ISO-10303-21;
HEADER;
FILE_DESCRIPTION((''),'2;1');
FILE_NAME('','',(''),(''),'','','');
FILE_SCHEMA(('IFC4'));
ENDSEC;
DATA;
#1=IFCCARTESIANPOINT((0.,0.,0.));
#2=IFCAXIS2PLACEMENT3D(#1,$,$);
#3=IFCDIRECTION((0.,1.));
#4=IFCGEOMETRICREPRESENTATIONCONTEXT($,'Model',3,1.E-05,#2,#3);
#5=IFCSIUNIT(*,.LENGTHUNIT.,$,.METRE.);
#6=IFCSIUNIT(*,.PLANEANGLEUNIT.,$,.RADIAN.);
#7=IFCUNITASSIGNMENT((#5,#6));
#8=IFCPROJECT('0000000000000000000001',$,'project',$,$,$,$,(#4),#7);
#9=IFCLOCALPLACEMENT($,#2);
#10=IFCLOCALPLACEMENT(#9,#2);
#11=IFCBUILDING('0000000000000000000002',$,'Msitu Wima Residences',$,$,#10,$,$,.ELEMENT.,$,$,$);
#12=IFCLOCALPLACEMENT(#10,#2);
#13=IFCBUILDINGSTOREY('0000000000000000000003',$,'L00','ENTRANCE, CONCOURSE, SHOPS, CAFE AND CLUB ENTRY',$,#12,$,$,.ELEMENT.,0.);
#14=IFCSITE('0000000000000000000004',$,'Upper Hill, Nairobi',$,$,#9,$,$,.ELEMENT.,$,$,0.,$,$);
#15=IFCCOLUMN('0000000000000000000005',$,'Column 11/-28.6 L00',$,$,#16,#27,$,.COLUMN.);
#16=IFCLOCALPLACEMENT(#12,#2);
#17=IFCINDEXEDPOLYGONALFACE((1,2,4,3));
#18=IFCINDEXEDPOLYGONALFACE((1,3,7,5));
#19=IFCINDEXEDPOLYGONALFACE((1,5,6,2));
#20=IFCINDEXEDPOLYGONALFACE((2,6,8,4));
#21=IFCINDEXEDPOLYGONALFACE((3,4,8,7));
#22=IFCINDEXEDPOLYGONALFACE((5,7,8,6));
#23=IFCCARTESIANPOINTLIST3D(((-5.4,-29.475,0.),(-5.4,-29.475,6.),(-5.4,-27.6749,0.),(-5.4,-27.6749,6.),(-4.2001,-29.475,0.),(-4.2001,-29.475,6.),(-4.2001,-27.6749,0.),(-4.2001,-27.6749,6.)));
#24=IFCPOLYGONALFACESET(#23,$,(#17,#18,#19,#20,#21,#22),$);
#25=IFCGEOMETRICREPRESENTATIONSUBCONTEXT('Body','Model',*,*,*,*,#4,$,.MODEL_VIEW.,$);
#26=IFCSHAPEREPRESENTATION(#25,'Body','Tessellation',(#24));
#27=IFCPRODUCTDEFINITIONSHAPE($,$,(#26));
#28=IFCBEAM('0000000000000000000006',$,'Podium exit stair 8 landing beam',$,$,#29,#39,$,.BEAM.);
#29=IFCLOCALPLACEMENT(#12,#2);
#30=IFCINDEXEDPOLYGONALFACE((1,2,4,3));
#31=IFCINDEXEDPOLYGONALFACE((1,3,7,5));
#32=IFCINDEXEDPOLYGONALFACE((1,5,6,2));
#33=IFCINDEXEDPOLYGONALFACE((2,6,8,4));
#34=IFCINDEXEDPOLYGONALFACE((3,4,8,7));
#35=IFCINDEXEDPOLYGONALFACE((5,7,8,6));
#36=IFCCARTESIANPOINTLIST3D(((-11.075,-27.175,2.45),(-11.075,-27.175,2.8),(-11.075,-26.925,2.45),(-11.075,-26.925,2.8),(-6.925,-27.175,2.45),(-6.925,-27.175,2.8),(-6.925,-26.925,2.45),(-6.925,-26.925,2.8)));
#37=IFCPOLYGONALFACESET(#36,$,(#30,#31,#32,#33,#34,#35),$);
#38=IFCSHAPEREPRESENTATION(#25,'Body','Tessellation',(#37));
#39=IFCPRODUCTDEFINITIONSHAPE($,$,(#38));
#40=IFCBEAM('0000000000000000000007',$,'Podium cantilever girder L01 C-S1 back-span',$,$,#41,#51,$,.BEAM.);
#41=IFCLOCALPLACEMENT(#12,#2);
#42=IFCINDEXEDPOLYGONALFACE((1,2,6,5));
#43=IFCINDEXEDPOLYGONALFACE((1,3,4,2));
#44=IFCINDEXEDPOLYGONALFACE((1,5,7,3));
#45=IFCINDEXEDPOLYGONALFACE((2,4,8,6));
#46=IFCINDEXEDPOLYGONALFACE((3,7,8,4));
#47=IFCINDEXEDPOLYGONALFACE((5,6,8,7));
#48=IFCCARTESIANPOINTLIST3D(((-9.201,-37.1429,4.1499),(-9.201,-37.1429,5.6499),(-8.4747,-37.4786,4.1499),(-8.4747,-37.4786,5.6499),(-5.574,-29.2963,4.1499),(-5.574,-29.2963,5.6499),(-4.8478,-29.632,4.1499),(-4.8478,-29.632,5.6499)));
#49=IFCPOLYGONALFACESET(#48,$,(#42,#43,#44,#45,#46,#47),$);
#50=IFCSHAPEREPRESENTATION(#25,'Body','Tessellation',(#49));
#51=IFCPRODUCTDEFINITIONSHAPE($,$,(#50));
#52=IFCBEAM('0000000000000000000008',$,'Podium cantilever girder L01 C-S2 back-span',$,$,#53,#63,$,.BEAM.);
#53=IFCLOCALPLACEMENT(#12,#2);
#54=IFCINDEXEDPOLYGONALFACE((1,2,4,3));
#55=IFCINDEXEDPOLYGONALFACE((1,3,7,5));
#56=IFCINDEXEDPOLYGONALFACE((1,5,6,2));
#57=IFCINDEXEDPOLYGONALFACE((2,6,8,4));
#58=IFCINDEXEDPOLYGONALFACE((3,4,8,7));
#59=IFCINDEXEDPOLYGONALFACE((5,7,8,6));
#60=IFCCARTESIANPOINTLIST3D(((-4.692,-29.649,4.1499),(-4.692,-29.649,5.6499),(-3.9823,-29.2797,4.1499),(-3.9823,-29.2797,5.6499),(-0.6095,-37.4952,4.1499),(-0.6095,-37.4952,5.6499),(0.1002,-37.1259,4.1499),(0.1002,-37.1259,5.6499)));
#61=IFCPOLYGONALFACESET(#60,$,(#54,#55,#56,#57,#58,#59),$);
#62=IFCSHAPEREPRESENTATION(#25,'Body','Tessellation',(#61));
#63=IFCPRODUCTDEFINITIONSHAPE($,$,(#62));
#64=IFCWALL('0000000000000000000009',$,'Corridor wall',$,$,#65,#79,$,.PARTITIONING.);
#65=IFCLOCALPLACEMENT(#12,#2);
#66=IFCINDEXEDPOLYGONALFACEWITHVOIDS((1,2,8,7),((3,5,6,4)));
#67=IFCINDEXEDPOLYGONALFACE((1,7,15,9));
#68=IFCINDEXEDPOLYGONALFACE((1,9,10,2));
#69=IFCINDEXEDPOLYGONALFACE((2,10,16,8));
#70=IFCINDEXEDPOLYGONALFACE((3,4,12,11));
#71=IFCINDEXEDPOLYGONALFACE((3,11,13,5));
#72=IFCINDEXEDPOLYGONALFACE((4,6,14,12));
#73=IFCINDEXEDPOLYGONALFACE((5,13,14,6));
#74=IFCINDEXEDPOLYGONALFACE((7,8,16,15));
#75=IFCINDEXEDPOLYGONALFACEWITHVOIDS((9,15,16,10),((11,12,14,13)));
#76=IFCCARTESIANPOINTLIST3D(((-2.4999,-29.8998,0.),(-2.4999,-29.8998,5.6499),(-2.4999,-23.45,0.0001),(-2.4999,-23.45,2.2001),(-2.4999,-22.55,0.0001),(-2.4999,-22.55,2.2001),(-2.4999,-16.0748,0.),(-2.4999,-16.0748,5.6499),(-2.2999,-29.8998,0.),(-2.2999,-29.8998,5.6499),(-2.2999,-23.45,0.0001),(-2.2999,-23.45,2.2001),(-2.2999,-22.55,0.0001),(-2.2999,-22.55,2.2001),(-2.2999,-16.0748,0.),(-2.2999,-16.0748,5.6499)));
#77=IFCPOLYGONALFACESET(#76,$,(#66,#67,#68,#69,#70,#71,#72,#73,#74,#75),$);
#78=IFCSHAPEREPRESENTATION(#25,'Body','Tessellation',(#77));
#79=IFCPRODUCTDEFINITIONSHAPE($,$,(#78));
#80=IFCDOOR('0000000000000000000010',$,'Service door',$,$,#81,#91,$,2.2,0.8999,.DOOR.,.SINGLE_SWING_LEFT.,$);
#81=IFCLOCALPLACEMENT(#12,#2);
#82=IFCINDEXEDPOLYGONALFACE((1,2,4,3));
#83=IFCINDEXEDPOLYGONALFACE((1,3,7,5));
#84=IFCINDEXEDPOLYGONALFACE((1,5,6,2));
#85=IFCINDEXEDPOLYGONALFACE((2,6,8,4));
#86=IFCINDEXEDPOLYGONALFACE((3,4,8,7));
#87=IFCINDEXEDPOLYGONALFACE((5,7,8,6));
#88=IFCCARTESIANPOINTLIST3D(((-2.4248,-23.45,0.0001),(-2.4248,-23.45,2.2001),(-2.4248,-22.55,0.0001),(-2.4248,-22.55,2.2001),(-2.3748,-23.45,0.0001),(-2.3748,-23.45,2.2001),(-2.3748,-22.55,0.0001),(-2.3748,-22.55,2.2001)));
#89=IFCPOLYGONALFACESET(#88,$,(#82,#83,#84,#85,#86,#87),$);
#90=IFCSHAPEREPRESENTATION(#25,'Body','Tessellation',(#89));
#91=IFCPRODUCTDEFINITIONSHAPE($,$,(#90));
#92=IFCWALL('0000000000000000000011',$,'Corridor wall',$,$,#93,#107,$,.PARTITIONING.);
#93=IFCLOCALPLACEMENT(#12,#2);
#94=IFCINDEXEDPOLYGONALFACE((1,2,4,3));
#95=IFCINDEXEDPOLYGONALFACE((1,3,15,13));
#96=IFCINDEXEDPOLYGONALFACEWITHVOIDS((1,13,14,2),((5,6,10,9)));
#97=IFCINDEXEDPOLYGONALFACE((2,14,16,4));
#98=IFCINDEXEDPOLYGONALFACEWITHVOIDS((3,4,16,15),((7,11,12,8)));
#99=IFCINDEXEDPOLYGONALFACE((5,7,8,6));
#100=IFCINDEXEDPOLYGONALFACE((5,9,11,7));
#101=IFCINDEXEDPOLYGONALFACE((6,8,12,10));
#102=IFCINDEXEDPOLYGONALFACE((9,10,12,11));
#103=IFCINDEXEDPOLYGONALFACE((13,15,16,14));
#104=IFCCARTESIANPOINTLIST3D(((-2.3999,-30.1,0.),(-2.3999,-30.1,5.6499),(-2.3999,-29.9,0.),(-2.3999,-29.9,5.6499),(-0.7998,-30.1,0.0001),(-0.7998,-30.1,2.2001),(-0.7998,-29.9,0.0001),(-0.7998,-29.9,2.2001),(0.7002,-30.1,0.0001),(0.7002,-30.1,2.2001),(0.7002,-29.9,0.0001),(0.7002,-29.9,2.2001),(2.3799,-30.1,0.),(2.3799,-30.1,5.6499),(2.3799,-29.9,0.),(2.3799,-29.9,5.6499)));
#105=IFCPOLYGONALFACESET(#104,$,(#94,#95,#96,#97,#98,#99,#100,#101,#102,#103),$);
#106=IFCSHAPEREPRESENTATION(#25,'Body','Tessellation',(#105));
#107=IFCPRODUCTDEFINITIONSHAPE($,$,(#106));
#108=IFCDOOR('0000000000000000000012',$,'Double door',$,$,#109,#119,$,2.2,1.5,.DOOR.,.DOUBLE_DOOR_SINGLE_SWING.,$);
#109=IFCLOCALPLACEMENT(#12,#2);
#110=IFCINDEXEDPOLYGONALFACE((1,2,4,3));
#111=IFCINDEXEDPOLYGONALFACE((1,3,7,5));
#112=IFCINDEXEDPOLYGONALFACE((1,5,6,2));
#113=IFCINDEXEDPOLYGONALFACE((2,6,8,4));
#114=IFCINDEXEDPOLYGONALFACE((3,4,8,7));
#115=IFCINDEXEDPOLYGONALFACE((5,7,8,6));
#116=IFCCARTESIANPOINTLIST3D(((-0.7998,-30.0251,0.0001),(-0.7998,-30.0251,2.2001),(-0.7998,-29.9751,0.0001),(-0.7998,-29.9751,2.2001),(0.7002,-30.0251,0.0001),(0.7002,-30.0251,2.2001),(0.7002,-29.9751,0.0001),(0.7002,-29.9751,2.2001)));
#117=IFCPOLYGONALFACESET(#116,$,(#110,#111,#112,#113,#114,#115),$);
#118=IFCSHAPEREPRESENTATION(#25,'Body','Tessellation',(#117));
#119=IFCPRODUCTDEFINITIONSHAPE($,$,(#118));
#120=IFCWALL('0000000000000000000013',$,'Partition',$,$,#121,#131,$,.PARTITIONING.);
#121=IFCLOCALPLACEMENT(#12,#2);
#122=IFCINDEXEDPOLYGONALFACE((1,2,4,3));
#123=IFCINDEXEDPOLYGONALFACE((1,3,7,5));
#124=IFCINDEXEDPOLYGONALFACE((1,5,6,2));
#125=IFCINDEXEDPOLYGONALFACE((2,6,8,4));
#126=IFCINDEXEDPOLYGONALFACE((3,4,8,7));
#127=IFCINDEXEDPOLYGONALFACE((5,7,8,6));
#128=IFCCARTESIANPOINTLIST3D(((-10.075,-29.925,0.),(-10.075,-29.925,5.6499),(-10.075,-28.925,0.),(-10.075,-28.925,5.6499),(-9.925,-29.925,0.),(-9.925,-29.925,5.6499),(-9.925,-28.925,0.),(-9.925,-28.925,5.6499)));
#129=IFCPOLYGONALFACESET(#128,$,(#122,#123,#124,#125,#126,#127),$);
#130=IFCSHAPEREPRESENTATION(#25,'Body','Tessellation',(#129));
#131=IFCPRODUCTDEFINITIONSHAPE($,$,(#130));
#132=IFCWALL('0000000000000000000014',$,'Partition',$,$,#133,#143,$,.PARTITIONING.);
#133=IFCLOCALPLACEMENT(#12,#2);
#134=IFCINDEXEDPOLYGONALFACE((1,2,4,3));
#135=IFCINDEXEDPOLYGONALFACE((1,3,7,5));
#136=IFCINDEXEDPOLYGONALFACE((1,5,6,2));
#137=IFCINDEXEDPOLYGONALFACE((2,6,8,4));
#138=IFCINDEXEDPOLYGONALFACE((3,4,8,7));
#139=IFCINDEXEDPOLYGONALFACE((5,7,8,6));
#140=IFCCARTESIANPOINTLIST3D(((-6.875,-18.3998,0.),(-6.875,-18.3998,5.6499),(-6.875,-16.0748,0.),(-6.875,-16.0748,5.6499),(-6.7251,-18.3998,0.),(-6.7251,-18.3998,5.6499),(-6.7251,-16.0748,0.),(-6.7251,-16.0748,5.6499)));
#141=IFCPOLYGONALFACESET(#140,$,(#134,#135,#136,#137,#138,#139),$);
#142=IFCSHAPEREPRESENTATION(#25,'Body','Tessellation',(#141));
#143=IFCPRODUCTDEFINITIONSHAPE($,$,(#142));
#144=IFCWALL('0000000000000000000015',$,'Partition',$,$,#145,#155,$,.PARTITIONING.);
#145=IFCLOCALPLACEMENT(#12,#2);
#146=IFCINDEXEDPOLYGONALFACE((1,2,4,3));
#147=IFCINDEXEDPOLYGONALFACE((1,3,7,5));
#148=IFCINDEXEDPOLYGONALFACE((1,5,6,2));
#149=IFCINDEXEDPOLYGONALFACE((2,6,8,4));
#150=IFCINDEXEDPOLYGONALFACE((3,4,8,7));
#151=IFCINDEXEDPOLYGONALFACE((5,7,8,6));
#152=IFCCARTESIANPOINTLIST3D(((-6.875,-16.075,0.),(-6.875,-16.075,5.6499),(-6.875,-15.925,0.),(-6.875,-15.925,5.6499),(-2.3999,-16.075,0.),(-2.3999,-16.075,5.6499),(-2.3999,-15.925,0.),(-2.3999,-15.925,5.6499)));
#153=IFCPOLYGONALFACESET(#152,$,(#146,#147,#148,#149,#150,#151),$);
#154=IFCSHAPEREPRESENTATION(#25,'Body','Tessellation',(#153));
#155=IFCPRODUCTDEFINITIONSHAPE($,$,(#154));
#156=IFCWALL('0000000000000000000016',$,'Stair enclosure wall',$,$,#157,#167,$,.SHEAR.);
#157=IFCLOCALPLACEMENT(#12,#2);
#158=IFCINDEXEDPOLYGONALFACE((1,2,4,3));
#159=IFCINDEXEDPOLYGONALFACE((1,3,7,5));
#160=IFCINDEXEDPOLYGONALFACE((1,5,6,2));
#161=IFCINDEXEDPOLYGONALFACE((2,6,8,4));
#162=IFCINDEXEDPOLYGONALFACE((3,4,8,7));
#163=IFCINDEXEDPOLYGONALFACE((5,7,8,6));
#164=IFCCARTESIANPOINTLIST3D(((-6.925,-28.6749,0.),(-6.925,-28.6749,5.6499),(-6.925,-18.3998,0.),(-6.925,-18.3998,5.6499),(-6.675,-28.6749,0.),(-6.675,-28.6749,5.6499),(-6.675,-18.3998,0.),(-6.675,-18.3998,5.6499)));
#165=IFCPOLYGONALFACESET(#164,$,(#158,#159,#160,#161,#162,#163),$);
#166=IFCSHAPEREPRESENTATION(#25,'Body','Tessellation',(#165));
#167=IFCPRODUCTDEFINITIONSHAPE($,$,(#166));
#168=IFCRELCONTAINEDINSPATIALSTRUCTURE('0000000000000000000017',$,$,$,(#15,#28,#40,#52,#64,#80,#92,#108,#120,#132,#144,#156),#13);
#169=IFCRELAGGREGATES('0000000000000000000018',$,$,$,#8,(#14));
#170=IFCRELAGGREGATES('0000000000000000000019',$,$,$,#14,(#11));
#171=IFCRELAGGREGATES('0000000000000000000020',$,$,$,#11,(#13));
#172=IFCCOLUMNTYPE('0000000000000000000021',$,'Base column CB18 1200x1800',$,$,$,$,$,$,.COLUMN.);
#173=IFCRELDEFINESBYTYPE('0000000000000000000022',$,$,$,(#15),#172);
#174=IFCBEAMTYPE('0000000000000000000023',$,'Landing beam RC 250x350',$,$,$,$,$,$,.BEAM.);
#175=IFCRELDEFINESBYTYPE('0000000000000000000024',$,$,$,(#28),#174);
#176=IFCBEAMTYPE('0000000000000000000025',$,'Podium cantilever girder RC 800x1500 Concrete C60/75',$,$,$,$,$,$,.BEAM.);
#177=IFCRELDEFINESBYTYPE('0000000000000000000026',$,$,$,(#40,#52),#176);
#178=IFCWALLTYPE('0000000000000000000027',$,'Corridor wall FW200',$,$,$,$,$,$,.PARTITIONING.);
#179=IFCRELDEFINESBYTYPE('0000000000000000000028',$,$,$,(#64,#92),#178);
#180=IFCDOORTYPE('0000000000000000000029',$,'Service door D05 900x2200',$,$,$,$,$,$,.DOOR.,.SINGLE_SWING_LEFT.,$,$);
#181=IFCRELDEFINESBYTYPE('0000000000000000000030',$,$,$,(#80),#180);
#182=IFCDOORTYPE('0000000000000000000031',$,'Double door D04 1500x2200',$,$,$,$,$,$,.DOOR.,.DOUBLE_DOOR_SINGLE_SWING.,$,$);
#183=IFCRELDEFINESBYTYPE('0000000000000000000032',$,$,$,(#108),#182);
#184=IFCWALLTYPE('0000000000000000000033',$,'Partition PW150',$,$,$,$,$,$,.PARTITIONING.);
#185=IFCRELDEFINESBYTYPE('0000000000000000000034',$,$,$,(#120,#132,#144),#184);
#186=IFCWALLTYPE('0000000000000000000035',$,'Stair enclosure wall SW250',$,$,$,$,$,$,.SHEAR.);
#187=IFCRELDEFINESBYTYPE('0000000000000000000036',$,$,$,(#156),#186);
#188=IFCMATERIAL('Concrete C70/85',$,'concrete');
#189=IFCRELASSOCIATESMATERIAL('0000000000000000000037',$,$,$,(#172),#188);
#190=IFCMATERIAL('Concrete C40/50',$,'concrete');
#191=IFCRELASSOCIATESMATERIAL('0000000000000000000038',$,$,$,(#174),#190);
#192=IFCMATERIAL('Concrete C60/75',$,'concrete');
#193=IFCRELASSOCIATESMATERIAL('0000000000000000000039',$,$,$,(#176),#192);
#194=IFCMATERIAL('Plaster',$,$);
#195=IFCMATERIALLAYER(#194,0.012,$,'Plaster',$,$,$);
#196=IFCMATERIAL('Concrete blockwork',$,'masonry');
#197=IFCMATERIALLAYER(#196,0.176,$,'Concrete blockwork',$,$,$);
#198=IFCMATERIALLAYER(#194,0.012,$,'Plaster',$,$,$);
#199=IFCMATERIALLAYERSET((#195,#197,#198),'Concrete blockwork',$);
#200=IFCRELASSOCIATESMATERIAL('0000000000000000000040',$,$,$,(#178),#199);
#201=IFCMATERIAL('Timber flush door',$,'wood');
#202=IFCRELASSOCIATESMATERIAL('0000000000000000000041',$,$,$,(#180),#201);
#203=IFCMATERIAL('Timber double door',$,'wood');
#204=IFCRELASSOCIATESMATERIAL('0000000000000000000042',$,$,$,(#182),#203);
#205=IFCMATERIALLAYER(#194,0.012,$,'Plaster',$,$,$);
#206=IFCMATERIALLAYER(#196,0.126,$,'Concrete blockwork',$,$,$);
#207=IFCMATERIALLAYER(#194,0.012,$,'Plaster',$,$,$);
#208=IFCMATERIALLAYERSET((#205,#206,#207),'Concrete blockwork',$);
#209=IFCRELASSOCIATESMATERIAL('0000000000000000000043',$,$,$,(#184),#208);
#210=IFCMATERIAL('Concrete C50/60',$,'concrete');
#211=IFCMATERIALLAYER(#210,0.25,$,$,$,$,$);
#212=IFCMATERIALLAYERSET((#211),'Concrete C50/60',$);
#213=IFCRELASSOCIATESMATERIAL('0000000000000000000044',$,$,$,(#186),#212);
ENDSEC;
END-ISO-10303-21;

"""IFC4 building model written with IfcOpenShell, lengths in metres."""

from ifc_helpers import new_model, si_unit, direction, frame, frame_2d, origin, origin_2d, place, context, subcontext, project, spatial, rectangle, extrude, material, layer, layer_set, material_profile, profile_set, type_object, element, fill, save


model = new_model("IFC4")

# Units and contexts
model_context = context("Model", 3, precision=1e-05, world=origin(), true_north=direction((0.0, 1.0)))
body_context = subcontext(model_context, "Body", "Model", "MODEL_VIEW")
ifc_project = project(units=[si_unit("LENGTHUNIT", "METRE"), si_unit("PLANEANGLEUNIT", "RADIAN")], contexts=[model_context])

# Site, building, storey
site_placement = place(None, origin())
site = spatial("IfcSite", under=ifc_project, at=site_placement, Name="Upper Hill, Nairobi", CompositionType="ELEMENT", RefElevation=0.0)
building_placement = place(site_placement, origin())
building = spatial("IfcBuilding", under=site, at=building_placement, Name="Msitu Wima Residences", CompositionType="ELEMENT")
storey_placement = place(building_placement, origin())
storey = spatial("IfcBuildingStorey", under=building, at=storey_placement, Name="L00", Description="ENTRANCE, CONCOURSE, SHOPS, CAFE AND CLUB ENTRY", CompositionType="ELEMENT", Elevation=0.0)

# Column
ifc_material_1 = material(Name="Concrete C70/85", Category="concrete")
ifc_material_profile_1 = material_profile(ifc_material_1, rectangle(XDim=1.2, YDim=1.8, at=origin_2d()), Name="RC 1200x1800")
ifc_profile_set_1 = profile_set([ifc_material_profile_1], Name="Concrete C70/85")
column_type = type_object("IfcColumnType", Name="Base column CB18 1200x1800", PredefinedType="COLUMN", material=ifc_profile_set_1)
column_placement = place(storey_placement, frame((-4.8, -28.575, 0.0), z_axis=(0.0, 0.0, 1.0), x_axis=(1.0, 0.0, 0.0)))
element("IfcColumn", 1, at=column_placement, inside=storey, type_object=column_type, Name="Column 11/-28.6 L00", PredefinedType="COLUMN", context=body_context, shape_type="SweptSolid", body=[
    extrude(rectangle(XDim=1.2, YDim=1.8, at=origin_2d()), origin(), (0.0, 0.0, 1.0), 6.0),
])

# Beams
ifc_material_2 = material(Name="Concrete C40/50", Category="concrete")
ifc_material_profile_2 = material_profile(ifc_material_2, rectangle(XDim=0.25, YDim=0.3501, at=origin_2d()), Name="RC 250x350")
ifc_profile_set_2 = profile_set([ifc_material_profile_2], Name="Concrete C40/50")
beam_type_1 = type_object("IfcBeamType", Name="Landing beam RC 250x350", PredefinedType="BEAM", material=ifc_profile_set_2)
beam_1_placement = place(storey_placement, frame((-6.925, -27.05, 2.625), z_axis=(-1.0, 0.0, 0.0), x_axis=(0.0, -1.0, 0.0)))
element("IfcBeam", 2, at=beam_1_placement, inside=storey, type_object=beam_type_1, Name="Podium exit stair 8 landing beam", PredefinedType="BEAM", context=body_context, shape_type="SweptSolid", body=[
    extrude(rectangle(XDim=0.25, YDim=0.3501, at=origin_2d()), origin(), (0.0, 0.0, 1.0), 4.1499),
])
ifc_material_3 = material(Name="Concrete C60/75", Category="concrete")
ifc_material_profile_3 = material_profile(ifc_material_3, rectangle(XDim=0.8, YDim=1.5, at=origin_2d()), Name="RC 800x1500")
ifc_profile_set_3 = profile_set([ifc_material_profile_3], Name="Concrete C60/75")
beam_type_2 = type_object("IfcBeamType", Name="Podium cantilever girder RC 800x1500 Concrete C60/75", PredefinedType="BEAM", material=ifc_profile_set_3)
beam_2_placement = place(storey_placement, frame((-5.2109, -29.4641, 4.8999), z_axis=(-0.419574, -0.907721, 0.0), x_axis=(0.907721, -0.419574, 0.0)))
element("IfcBeam", 3, at=beam_2_placement, inside=storey, type_object=beam_type_2, Name="Podium cantilever girder L01 C-S1 back-span", PredefinedType="BEAM", context=body_context, shape_type="SweptSolid", body=[
    extrude(rectangle(XDim=0.8, YDim=1.5, at=origin_2d()), origin(), (0.0, 0.0, 1.0), 8.6443),
])
beam_3_placement = place(storey_placement, frame((-4.3372, -29.4644, 4.8999), z_axis=(0.461575, -0.887101, 0.0), x_axis=(0.887101, 0.461575, 0.0)))
element("IfcBeam", 4, at=beam_3_placement, inside=storey, type_object=beam_type_2, Name="Podium cantilever girder L01 C-S2 back-span", PredefinedType="BEAM", context=body_context, shape_type="SweptSolid", body=[
    extrude(rectangle(XDim=0.8, YDim=1.5, at=origin_2d()), origin(), (0.0, 0.0, 1.0), 8.8447),
])

# Walls, openings, doors
ifc_material_4 = material(Name="Plaster")
ifc_layer_1 = layer(ifc_material_4, 0.012, Name="Plaster")
ifc_material_5 = material(Name="Concrete blockwork", Category="masonry")
ifc_layer_2 = layer(ifc_material_5, 0.176, Name="Concrete blockwork")
ifc_layer_3 = layer(ifc_material_4, 0.012, Name="Plaster")
ifc_layer_set_1 = layer_set([ifc_layer_1, ifc_layer_2, ifc_layer_3], Name="Concrete blockwork")
wall_type_1 = type_object("IfcWallType", Name="Corridor wall FW200", PredefinedType="PARTITIONING", material=ifc_layer_set_1)
wall_1_placement = place(storey_placement, frame((-2.3999, -29.8999, 0.0), z_axis=(0.0, 0.0, 1.0), x_axis=(0.0, 1.0, 0.0)))
wall_1 = element("IfcWall", 5, at=wall_1_placement, inside=storey, type_object=wall_type_1, Name="Corridor wall", PredefinedType="PARTITIONING", context=body_context, shape_type="SweptSolid", body=[
    extrude(rectangle(XDim=13.825, YDim=0.2, at=frame_2d((6.9126, 0.0))), origin(), (0.0, 0.0, 1.0), 5.6499),
])
opening_1_placement = place(wall_1_placement, frame((6.45, 0.0, 0.0)))
opening_1 = element("IfcOpeningElement", 6, at=opening_1_placement, cuts=wall_1, PredefinedType="OPENING", context=body_context, shape_type="SweptSolid", body=[
    extrude(rectangle(XDim=0.8999, YDim=2.2, at=frame_2d((0.45, 1.1001))), frame((0.0, 0.1099, 0.0), z_axis=(0.0, -1.0, 0.0), x_axis=(1.0, 0.0, 0.0)), (0.0, 0.0, 1.0), 0.22),
])
ifc_material_6 = material(Name="Timber flush door", Category="wood")
door_type_1 = type_object("IfcDoorType", Name="Service door D05 900x2200", OperationType="SINGLE_SWING_LEFT", PredefinedType="DOOR", material=ifc_material_6)
door_1_placement = place(opening_1_placement, origin())
door_1 = element("IfcDoor", 7, at=door_1_placement, inside=storey, type_object=door_type_1, Name="Service door", OperationType="SINGLE_SWING_LEFT", OverallHeight=2.2, OverallWidth=0.8999, PredefinedType="DOOR", context=body_context, shape_type="SweptSolid", body=[
    extrude(rectangle(XDim=0.8999, YDim=2.2, at=frame_2d((0.45, 1.1001))), frame((0.0, 0.0249, 0.0), z_axis=(0.0, -1.0, 0.0), x_axis=(1.0, 0.0, 0.0)), (0.0, 0.0, 1.0), 0.05),
])
fill(opening_1, door_1)
wall_2_placement = place(storey_placement, frame((-2.3999, -30.0, 0.0), z_axis=(0.0, 0.0, 1.0), x_axis=(1.0, 0.0, 0.0)))
wall_2 = element("IfcWall", 8, at=wall_2_placement, inside=storey, type_object=wall_type_1, Name="Corridor wall", PredefinedType="PARTITIONING", context=body_context, shape_type="SweptSolid", body=[
    extrude(rectangle(XDim=4.7798, YDim=0.2, at=frame_2d((2.3899, 0.0))), origin(), (0.0, 0.0, 1.0), 5.6499),
])
opening_2_placement = place(wall_2_placement, frame((1.6001, 0.0, 0.0)))
opening_2 = element("IfcOpeningElement", 9, at=opening_2_placement, cuts=wall_2, PredefinedType="OPENING", context=body_context, shape_type="SweptSolid", body=[
    extrude(rectangle(XDim=1.5, YDim=2.2, at=frame_2d((0.75, 1.1001))), frame((0.0, 0.1099, 0.0), z_axis=(0.0, -1.0, 0.0), x_axis=(1.0, 0.0, 0.0)), (0.0, 0.0, 1.0), 0.22),
])
ifc_material_7 = material(Name="Timber double door", Category="wood")
door_type_2 = type_object("IfcDoorType", Name="Double door D04 1500x2200", OperationType="DOUBLE_DOOR_SINGLE_SWING", PredefinedType="DOOR", material=ifc_material_7)
door_2_placement = place(opening_2_placement, origin())
door_2 = element("IfcDoor", 10, at=door_2_placement, inside=storey, type_object=door_type_2, Name="Double door", OperationType="DOUBLE_DOOR_SINGLE_SWING", OverallHeight=2.2, OverallWidth=1.5, PredefinedType="DOOR", context=body_context, shape_type="SweptSolid", body=[
    extrude(rectangle(XDim=1.5, YDim=2.2, at=frame_2d((0.75, 1.1001))), frame((0.0, 0.0249, 0.0), z_axis=(0.0, -1.0, 0.0), x_axis=(1.0, 0.0, 0.0)), (0.0, 0.0, 1.0), 0.05),
])
fill(opening_2, door_2)

# Walls
ifc_layer_4 = layer(ifc_material_4, 0.012, Name="Plaster")
ifc_layer_5 = layer(ifc_material_5, 0.126, Name="Concrete blockwork")
ifc_layer_6 = layer(ifc_material_4, 0.012, Name="Plaster")
ifc_layer_set_2 = layer_set([ifc_layer_4, ifc_layer_5, ifc_layer_6], Name="Concrete blockwork")
wall_type_2 = type_object("IfcWallType", Name="Partition PW150", PredefinedType="PARTITIONING", material=ifc_layer_set_2)
wall_3_placement = place(storey_placement, frame((-10.0, -29.925, 0.0), z_axis=(0.0, 0.0, 1.0), x_axis=(0.0, 1.0, 0.0)))
element("IfcWall", 11, at=wall_3_placement, inside=storey, type_object=wall_type_2, Name="Partition", PredefinedType="PARTITIONING", context=body_context, shape_type="SweptSolid", body=[
    extrude(rectangle(XDim=1.0, YDim=0.1499, at=frame_2d((0.5, 0.0))), origin(), (0.0, 0.0, 1.0), 5.6499),
])
wall_4_placement = place(storey_placement, frame((-6.8, -18.3999, 0.0), z_axis=(0.0, 0.0, 1.0), x_axis=(0.0, 1.0, 0.0)))
element("IfcWall", 12, at=wall_4_placement, inside=storey, type_object=wall_type_2, Name="Partition", PredefinedType="PARTITIONING", context=body_context, shape_type="SweptSolid", body=[
    extrude(rectangle(XDim=2.325, YDim=0.1499, at=frame_2d((1.1626, 0.0))), origin(), (0.0, 0.0, 1.0), 5.6499),
])
wall_5_placement = place(storey_placement, frame((-6.875, -16.0, 0.0), z_axis=(0.0, 0.0, 1.0), x_axis=(1.0, 0.0, 0.0)))
element("IfcWall", 13, at=wall_5_placement, inside=storey, type_object=wall_type_2, Name="Partition", PredefinedType="PARTITIONING", context=body_context, shape_type="SweptSolid", body=[
    extrude(rectangle(XDim=4.4751, YDim=0.1499, at=frame_2d((2.2375, 0.0))), origin(), (0.0, 0.0, 1.0), 5.6499),
])
ifc_material_8 = material(Name="Concrete C50/60", Category="concrete")
ifc_layer_7 = layer(ifc_material_8, 0.25)
ifc_layer_set_3 = layer_set([ifc_layer_7], Name="Concrete C50/60")
wall_type_3 = type_object("IfcWallType", Name="Stair enclosure wall SW250", PredefinedType="SHEAR", material=ifc_layer_set_3)
wall_6_placement = place(storey_placement, frame((-6.8, -28.675, 0.0), z_axis=(0.0, 0.0, 1.0), x_axis=(0.0, 1.0, 0.0)))
element("IfcWall", 14, at=wall_6_placement, inside=storey, type_object=wall_type_3, Name="Stair enclosure wall", PredefinedType="SHEAR", context=body_context, shape_type="SweptSolid", body=[
    extrude(rectangle(XDim=10.2751, YDim=0.25, at=frame_2d((5.1377, 0.0))), origin(), (0.0, 0.0, 1.0), 5.6499),
])

save(model, "model.ifc")
